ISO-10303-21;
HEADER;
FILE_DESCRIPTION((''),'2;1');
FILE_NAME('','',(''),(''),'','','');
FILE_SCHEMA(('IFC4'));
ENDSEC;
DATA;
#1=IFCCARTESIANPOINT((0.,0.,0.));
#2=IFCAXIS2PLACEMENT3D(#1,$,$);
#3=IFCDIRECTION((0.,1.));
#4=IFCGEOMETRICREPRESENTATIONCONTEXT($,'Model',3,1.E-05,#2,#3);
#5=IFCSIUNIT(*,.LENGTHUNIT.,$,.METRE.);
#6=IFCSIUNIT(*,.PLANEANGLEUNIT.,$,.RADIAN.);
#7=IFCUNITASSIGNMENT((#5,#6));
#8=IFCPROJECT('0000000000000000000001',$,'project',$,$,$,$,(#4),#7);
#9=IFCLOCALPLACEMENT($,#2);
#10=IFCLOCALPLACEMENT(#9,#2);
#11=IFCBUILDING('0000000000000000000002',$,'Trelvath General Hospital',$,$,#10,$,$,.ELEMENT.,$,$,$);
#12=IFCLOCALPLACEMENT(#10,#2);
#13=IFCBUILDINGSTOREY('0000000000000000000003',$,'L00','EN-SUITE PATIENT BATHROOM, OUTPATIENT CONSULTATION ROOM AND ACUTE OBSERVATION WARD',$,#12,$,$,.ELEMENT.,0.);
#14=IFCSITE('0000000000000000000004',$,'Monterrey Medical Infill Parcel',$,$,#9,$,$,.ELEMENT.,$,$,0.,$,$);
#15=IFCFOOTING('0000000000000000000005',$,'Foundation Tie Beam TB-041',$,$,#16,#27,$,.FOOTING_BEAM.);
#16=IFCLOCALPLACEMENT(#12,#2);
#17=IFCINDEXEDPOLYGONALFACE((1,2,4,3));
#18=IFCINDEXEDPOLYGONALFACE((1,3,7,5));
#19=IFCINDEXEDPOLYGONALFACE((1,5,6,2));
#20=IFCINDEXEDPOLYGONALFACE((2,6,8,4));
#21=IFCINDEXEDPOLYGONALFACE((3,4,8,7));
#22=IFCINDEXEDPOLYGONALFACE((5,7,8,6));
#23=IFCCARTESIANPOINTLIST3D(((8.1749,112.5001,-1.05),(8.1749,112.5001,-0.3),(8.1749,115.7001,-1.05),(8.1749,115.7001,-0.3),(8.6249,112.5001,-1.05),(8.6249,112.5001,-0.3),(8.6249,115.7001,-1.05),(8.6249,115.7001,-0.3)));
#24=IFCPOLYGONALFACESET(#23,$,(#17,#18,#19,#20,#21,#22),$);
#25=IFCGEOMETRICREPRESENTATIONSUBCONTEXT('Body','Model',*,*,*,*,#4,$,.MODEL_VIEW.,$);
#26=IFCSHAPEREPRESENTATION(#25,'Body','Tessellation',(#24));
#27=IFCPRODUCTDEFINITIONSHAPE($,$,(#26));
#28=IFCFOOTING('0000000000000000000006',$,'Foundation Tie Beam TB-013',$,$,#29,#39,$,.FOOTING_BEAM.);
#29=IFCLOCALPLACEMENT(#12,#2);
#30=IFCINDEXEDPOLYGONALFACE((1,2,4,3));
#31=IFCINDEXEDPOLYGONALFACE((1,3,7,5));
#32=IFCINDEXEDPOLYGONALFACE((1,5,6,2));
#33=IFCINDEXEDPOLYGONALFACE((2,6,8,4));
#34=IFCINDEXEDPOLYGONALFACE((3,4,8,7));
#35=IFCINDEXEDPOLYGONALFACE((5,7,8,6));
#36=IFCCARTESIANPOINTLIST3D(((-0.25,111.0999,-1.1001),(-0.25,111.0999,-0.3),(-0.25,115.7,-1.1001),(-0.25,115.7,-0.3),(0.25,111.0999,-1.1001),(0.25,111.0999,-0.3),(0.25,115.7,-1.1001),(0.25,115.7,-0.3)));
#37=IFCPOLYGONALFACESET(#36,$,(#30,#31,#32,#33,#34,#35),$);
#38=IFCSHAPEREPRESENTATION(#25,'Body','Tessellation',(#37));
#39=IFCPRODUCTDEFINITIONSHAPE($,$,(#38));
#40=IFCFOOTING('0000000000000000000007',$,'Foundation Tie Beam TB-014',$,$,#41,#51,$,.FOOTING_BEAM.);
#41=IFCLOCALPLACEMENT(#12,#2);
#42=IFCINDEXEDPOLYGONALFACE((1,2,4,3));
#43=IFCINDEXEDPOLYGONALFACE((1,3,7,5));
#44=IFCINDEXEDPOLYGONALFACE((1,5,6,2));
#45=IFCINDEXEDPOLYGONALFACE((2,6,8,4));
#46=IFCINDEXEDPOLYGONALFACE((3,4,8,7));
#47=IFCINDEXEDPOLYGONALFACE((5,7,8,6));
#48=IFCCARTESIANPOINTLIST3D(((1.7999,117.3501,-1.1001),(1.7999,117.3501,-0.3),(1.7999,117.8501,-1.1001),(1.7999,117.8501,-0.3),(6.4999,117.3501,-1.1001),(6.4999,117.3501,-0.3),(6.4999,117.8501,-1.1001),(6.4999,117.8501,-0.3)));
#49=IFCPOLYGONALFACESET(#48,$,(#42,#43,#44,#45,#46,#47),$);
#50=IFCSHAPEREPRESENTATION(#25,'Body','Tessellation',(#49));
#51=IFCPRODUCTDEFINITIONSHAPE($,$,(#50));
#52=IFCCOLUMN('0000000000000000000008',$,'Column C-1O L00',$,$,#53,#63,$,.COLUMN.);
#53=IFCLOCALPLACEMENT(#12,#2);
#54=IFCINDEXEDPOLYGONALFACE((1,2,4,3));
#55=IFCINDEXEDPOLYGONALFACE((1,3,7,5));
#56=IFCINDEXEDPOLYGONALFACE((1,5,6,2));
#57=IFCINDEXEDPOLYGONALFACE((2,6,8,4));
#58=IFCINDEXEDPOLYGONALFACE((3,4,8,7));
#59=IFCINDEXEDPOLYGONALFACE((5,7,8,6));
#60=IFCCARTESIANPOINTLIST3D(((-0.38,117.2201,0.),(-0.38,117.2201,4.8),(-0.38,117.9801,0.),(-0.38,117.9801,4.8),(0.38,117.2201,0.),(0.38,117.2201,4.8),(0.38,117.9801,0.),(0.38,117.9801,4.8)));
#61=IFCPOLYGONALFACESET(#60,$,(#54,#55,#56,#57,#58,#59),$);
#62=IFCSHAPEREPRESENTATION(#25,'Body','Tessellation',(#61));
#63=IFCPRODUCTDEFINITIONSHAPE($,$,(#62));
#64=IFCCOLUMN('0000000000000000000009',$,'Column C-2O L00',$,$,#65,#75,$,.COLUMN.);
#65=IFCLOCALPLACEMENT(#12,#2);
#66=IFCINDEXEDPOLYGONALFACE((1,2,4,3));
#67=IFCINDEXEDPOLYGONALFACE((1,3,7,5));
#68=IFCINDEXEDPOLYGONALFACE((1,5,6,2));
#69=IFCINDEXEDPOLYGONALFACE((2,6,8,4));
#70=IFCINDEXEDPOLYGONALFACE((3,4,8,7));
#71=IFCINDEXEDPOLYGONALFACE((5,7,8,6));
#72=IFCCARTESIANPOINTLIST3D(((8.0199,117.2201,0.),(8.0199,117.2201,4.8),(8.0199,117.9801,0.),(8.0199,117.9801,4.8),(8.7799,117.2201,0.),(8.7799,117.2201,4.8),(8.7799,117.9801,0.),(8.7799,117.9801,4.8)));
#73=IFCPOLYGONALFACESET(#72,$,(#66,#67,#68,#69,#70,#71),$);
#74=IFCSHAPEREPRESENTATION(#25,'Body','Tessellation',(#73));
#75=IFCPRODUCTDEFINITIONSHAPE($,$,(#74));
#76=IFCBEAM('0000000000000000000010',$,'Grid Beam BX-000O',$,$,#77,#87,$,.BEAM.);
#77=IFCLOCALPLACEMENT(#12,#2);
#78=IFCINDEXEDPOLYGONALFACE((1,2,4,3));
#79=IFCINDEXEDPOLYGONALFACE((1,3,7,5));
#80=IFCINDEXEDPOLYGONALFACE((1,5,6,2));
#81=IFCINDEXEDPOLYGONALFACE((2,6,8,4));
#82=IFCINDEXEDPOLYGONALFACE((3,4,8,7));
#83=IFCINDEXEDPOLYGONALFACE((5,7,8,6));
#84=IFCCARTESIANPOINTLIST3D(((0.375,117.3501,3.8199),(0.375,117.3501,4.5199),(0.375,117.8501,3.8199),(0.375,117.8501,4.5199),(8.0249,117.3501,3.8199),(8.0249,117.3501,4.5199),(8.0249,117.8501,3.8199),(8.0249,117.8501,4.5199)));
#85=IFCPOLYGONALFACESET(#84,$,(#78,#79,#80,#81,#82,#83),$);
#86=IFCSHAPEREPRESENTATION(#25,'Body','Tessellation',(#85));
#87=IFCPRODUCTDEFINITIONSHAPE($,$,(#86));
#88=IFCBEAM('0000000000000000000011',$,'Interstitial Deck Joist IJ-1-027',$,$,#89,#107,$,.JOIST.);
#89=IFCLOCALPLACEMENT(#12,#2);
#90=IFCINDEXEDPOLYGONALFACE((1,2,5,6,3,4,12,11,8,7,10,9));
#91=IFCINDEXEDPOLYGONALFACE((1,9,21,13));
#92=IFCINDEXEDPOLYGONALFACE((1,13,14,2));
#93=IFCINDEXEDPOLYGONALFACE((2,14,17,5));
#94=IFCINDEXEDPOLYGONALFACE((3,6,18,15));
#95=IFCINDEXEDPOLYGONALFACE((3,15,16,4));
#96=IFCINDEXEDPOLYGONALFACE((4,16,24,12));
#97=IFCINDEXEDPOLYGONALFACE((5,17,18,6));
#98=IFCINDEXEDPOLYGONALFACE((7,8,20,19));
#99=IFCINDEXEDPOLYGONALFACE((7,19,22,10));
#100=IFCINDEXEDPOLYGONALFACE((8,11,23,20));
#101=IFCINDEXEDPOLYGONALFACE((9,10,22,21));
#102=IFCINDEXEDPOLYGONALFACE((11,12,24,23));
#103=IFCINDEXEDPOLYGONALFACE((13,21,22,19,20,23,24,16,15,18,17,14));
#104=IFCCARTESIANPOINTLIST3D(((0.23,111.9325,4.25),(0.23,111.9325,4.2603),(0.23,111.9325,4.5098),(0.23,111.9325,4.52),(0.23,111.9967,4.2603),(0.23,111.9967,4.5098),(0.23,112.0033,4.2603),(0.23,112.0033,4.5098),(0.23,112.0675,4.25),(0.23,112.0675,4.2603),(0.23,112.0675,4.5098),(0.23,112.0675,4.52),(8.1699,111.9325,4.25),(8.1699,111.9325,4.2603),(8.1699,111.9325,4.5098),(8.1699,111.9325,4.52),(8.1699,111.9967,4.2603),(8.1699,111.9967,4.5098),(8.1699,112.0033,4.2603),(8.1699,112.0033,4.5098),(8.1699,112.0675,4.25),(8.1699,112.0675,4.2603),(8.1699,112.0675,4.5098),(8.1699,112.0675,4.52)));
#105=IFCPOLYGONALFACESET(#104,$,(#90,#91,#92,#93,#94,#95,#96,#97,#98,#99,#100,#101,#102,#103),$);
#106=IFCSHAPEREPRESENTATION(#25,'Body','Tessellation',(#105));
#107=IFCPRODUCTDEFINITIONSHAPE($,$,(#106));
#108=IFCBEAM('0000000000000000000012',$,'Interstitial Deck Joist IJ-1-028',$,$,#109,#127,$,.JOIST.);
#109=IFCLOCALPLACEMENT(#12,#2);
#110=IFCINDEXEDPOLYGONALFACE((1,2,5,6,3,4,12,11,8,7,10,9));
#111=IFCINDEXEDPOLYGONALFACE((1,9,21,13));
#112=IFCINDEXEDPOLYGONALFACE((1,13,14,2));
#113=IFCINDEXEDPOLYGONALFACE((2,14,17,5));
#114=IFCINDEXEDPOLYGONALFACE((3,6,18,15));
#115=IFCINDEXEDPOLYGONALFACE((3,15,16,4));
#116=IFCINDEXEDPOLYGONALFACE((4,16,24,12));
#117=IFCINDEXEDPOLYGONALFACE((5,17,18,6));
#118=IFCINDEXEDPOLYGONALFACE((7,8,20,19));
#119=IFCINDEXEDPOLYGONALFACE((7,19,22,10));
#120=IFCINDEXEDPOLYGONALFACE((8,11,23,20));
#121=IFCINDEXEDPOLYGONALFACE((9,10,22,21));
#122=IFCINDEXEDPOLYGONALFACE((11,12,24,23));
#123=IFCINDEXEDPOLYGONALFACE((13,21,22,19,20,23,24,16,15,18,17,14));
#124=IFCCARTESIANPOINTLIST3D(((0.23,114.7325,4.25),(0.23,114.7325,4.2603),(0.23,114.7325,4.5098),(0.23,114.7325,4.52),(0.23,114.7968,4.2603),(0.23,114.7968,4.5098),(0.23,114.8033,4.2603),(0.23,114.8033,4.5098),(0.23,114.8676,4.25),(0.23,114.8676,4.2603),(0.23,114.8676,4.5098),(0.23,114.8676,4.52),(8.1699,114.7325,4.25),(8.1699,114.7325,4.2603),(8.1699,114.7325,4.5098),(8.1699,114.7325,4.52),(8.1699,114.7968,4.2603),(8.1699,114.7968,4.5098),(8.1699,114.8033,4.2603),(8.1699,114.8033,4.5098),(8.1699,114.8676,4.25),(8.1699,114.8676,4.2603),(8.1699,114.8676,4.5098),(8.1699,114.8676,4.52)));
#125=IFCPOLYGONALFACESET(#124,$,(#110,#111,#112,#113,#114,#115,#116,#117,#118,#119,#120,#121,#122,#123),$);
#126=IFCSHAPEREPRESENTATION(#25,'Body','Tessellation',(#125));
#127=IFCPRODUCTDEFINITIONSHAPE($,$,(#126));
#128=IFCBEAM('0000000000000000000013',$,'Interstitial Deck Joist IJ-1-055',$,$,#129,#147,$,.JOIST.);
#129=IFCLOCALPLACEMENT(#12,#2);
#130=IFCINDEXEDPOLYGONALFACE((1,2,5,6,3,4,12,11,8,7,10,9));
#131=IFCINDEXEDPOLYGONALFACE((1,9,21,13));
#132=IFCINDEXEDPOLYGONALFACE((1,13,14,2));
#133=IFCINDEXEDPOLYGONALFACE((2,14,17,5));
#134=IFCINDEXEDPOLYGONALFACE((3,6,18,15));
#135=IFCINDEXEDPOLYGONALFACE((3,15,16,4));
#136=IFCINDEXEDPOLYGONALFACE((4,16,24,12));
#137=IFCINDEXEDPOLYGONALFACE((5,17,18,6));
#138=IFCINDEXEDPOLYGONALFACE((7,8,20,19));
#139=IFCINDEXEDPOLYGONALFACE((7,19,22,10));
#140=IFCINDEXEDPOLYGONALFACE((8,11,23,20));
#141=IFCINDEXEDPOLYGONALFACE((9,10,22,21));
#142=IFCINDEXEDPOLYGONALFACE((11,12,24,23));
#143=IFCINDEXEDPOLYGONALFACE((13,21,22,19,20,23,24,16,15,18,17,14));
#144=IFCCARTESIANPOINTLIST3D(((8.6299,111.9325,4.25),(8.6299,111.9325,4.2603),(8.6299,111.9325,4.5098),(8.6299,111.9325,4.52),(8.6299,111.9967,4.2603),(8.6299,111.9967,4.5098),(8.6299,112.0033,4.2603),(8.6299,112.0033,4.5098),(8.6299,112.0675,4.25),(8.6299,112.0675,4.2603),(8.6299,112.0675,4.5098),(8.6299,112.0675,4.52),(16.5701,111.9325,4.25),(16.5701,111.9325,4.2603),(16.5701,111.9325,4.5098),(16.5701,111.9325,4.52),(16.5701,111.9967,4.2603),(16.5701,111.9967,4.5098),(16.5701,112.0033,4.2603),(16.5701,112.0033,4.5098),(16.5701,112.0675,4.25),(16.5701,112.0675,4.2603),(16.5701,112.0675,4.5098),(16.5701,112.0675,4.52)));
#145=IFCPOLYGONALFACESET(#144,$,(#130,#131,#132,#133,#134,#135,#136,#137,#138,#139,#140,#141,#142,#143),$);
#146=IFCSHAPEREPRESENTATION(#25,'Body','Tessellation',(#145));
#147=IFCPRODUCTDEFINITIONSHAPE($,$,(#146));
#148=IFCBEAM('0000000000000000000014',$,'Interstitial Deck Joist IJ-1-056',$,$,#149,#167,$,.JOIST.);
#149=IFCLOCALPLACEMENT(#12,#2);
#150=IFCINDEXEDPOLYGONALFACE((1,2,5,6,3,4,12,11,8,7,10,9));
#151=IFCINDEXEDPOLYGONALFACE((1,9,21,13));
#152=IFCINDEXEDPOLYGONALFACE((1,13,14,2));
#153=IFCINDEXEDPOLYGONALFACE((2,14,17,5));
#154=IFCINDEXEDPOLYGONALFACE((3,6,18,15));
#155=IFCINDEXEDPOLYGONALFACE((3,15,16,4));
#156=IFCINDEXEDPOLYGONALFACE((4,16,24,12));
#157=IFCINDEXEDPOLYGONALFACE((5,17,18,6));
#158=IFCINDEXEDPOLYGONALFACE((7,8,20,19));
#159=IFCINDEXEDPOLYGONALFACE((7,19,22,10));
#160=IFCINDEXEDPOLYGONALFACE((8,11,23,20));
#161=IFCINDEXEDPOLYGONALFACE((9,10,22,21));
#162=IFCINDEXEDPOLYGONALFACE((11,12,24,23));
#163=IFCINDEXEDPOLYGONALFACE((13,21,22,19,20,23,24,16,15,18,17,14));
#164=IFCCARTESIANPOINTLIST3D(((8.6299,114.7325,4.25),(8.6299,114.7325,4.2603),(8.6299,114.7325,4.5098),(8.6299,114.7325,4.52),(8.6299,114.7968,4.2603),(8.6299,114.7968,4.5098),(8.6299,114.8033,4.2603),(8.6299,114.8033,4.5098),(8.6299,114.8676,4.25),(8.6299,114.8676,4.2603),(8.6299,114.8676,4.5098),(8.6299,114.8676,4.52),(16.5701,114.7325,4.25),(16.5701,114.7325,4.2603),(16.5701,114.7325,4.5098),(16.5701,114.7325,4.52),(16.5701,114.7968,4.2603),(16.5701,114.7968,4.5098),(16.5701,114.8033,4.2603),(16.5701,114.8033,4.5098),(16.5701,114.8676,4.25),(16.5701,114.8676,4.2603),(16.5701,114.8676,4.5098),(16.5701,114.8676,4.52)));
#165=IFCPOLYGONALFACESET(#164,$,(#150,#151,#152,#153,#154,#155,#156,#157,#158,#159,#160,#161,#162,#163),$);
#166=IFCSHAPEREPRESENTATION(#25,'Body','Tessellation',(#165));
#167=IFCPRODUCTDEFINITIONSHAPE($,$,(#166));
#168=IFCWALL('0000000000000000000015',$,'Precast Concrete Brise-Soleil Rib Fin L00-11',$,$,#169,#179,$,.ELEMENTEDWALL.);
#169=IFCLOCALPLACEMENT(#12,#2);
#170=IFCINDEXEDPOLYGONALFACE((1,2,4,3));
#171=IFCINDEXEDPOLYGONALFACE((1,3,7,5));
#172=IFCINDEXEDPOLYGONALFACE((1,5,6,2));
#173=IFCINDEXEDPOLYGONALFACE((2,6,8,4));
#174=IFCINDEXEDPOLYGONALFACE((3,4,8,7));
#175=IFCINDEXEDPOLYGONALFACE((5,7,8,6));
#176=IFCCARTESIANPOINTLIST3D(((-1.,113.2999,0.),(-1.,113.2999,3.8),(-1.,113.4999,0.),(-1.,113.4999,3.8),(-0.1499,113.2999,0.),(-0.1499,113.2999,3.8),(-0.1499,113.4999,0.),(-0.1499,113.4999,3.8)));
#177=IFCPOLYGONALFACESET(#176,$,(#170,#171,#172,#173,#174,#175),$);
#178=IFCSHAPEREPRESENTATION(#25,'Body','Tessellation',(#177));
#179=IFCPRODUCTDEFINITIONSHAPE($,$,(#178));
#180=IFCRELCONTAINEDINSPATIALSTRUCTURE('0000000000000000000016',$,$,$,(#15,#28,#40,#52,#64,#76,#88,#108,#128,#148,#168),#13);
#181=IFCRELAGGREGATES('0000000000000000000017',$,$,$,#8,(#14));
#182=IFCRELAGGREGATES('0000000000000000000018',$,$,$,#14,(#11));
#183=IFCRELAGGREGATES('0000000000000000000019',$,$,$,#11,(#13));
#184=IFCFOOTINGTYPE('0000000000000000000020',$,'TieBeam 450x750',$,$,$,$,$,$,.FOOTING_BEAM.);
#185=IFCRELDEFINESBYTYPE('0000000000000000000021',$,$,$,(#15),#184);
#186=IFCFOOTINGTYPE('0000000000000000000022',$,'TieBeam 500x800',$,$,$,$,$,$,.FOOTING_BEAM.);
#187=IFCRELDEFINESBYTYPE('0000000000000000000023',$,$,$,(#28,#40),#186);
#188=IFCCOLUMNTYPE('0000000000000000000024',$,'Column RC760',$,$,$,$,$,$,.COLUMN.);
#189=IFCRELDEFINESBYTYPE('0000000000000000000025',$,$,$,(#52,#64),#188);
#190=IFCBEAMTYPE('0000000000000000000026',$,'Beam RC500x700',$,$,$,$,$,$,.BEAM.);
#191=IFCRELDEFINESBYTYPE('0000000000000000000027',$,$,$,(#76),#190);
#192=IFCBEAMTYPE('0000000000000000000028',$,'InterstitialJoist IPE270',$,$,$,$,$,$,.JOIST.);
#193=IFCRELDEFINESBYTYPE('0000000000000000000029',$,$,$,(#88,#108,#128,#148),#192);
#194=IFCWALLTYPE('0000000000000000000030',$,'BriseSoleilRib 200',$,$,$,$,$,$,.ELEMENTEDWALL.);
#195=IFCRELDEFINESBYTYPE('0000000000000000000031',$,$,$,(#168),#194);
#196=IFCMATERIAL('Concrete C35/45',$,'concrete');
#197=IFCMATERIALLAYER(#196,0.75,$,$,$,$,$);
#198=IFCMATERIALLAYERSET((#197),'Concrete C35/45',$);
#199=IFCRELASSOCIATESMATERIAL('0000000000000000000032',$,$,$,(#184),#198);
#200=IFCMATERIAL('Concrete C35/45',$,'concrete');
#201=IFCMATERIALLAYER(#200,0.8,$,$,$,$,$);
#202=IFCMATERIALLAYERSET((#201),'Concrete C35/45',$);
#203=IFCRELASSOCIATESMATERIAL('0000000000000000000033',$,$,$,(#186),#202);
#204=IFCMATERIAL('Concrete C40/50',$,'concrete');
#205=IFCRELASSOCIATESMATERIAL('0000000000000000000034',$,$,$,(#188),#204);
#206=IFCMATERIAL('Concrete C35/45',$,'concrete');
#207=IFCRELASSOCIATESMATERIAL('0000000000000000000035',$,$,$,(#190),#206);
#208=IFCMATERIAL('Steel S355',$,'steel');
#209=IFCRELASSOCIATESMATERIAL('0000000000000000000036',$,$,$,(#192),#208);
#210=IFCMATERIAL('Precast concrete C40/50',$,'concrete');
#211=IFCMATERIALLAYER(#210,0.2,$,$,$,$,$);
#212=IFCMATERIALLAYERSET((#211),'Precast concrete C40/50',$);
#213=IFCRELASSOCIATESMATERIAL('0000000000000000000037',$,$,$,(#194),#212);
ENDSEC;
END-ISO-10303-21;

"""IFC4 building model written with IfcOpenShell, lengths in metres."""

from ifc_helpers import new_model, si_unit, direction, frame, frame_2d, origin, origin_2d, place, context, subcontext, project, spatial, rectangle, i_section, extrude, material, layer, layer_set, material_profile, profile_set, type_object, element, save


model = new_model("IFC4")

# Units and contexts
model_context = context("Model", 3, precision=1e-05, world=origin(), true_north=direction((0.0, 1.0)))
body_context = subcontext(model_context, "Body", "Model", "MODEL_VIEW")
ifc_project = project(units=[si_unit("LENGTHUNIT", "METRE"), si_unit("PLANEANGLEUNIT", "RADIAN")], contexts=[model_context])

# Site, building, storey
site_placement = place(None, origin())
site = spatial("IfcSite", under=ifc_project, at=site_placement, Name="Monterrey Medical Infill Parcel", CompositionType="ELEMENT", RefElevation=0.0)
building_placement = place(site_placement, origin())
building = spatial("IfcBuilding", under=site, at=building_placement, Name="Trelvath General Hospital", CompositionType="ELEMENT")
storey_placement = place(building_placement, origin())
storey = spatial("IfcBuildingStorey", under=building, at=storey_placement, Name="L00", Description="EN-SUITE PATIENT BATHROOM, OUTPATIENT CONSULTATION ROOM AND ACUTE OBSERVATION WARD", CompositionType="ELEMENT", Elevation=0.0)

# Footings
ifc_material_1 = material(Name="Concrete C35/45", Category="concrete")
ifc_layer_1 = layer(ifc_material_1, 0.75)
ifc_layer_set_1 = layer_set([ifc_layer_1], Name="Concrete C35/45")
footing_type_1 = type_object("IfcFootingType", Name="TieBeam 450x750", PredefinedType="FOOTING_BEAM", material=ifc_layer_set_1)
footing_1_placement = place(storey_placement, frame((8.3999, 114.1001, -1.05), z_axis=(0.0, 0.0, 1.0), x_axis=(1.0, 0.0, 0.0)))
element("IfcFooting", 1, at=footing_1_placement, inside=storey, type_object=footing_type_1, Name="Foundation Tie Beam TB-041", PredefinedType="FOOTING_BEAM", context=body_context, shape_type="SweptSolid", body=[
    extrude(rectangle(XDim=0.45, YDim=3.2, at=origin_2d()), origin(), (0.0, 0.0, 1.0), 0.75),
])
ifc_material_2 = material(Name="Concrete C35/45", Category="concrete")
ifc_layer_2 = layer(ifc_material_2, 0.8)
ifc_layer_set_2 = layer_set([ifc_layer_2], Name="Concrete C35/45")
footing_type_2 = type_object("IfcFootingType", Name="TieBeam 500x800", PredefinedType="FOOTING_BEAM", material=ifc_layer_set_2)
footing_2_placement = place(storey_placement, frame((0.0, 113.3999, -1.1001), z_axis=(0.0, 0.0, 1.0), x_axis=(1.0, 0.0, 0.0)))
element("IfcFooting", 2, at=footing_2_placement, inside=storey, type_object=footing_type_2, Name="Foundation Tie Beam TB-013", PredefinedType="FOOTING_BEAM", context=body_context, shape_type="SweptSolid", body=[
    extrude(rectangle(XDim=0.5, YDim=4.6001, at=origin_2d()), origin(), (0.0, 0.0, 1.0), 0.8),
])
footing_3_placement = place(storey_placement, frame((4.1499, 117.6001, -1.1001), z_axis=(0.0, 0.0, 1.0), x_axis=(1.0, 0.0, 0.0)))
element("IfcFooting", 3, at=footing_3_placement, inside=storey, type_object=footing_type_2, Name="Foundation Tie Beam TB-014", PredefinedType="FOOTING_BEAM", context=body_context, shape_type="SweptSolid", body=[
    extrude(rectangle(XDim=4.7, YDim=0.5, at=origin_2d()), origin(), (0.0, 0.0, 1.0), 0.8),
])

# Columns
ifc_material_3 = material(Name="Concrete C40/50", Category="concrete")
ifc_material_profile_1 = material_profile(ifc_material_3, rectangle(XDim=0.76, YDim=0.76, at=origin_2d()), Name="RC760x760")
ifc_profile_set_1 = profile_set([ifc_material_profile_1], Name="Concrete C40/50")
column_type = type_object("IfcColumnType", Name="Column RC760", PredefinedType="COLUMN", material=ifc_profile_set_1)
for number, where, z_axis, x_axis, name in (
    (4, (0.0, 117.6001, 0.0), (0.0, 0.0, 1.0), (1.0, 0.0, 0.0), "Column C-1O L00"),
    (5, (8.3999, 117.6001, 0.0), (0.0, 0.0, 1.0), (1.0, 0.0, 0.0), "Column C-2O L00"),
):
    element("IfcColumn", number, at=place(storey_placement, frame(where, z_axis=z_axis, x_axis=x_axis)), inside=storey, type_object=column_type, Name=name, PredefinedType="COLUMN", context=body_context, shape_type="SweptSolid", body=[
        extrude(rectangle(XDim=0.76, YDim=0.76, at=origin_2d()), origin(), (0.0, 0.0, 1.0), 4.8),
    ])

# Beams
ifc_material_4 = material(Name="Concrete C35/45", Category="concrete")
ifc_material_profile_2 = material_profile(ifc_material_4, rectangle(XDim=0.5, YDim=0.7, at=origin_2d()), Name="RCB500x700")
ifc_profile_set_2 = profile_set([ifc_material_profile_2], Name="Concrete C35/45")
beam_type_1 = type_object("IfcBeamType", Name="Beam RC500x700", PredefinedType="BEAM", material=ifc_profile_set_2)
beam_placement = place(storey_placement, frame((0.375, 117.6001, 4.1699), z_axis=(1.0, 0.0, 0.0), x_axis=(0.0, 1.0, 0.0)))
element("IfcBeam", 6, at=beam_placement, inside=storey, type_object=beam_type_1, Name="Grid Beam BX-000O", PredefinedType="BEAM", context=body_context, shape_type="SweptSolid", body=[
    extrude(rectangle(XDim=0.5, YDim=0.7, at=origin_2d()), origin(), (0.0, 0.0, 1.0), 7.6499),
])
ifc_material_5 = material(Name="Steel S355", Category="steel")
ifc_material_profile_3 = material_profile(ifc_material_5, i_section(OverallWidth=0.135, OverallDepth=0.27, WebThickness=0.0066, FlangeThickness=0.0103, at=origin_2d()), Name="IPE270")
ifc_profile_set_3 = profile_set([ifc_material_profile_3], Name="Steel S355")
beam_type_2 = type_object("IfcBeamType", Name="InterstitialJoist IPE270", PredefinedType="JOIST", material=ifc_profile_set_3)
for number, where, z_axis, x_axis, name in (
    (7, (0.23, 112.0, 4.385), (1.0, 0.0, 0.0), (0.0, 1.0, 0.0), "Interstitial Deck Joist IJ-1-027"),
    (8, (0.23, 114.8, 4.385), (1.0, 0.0, 0.0), (0.0, 1.0, 0.0), "Interstitial Deck Joist IJ-1-028"),
):
    element("IfcBeam", number, at=place(storey_placement, frame(where, z_axis=z_axis, x_axis=x_axis)), inside=storey, type_object=beam_type_2, Name=name, PredefinedType="JOIST", context=body_context, shape_type="SweptSolid", body=[
        extrude(i_section(OverallWidth=0.135, OverallDepth=0.27, WebThickness=0.0066, FlangeThickness=0.0103, at=origin_2d()), origin(), (0.0, 0.0, 1.0), 7.9399),
    ])
for number, where, z_axis, x_axis, name in (
    (9, (8.6299, 112.0, 4.385), (1.0, 0.0, 0.0), (0.0, 1.0, 0.0), "Interstitial Deck Joist IJ-1-055"),
    (10, (8.6299, 114.8, 4.385), (1.0, 0.0, 0.0), (0.0, 1.0, 0.0), "Interstitial Deck Joist IJ-1-056"),
):
    element("IfcBeam", number, at=place(storey_placement, frame(where, z_axis=z_axis, x_axis=x_axis)), inside=storey, type_object=beam_type_2, Name=name, PredefinedType="JOIST", context=body_context, shape_type="SweptSolid", body=[
        extrude(i_section(OverallWidth=0.135, OverallDepth=0.27, WebThickness=0.0066, FlangeThickness=0.0103, at=origin_2d()), origin(), (0.0, 0.0, 1.0), 7.9402),
    ])

# Wall
ifc_material_6 = material(Name="Precast concrete C40/50", Category="concrete")
ifc_layer_3 = layer(ifc_material_6, 0.2)
ifc_layer_set_3 = layer_set([ifc_layer_3], Name="Precast concrete C40/50")
wall_type_1 = type_object("IfcWallType", Name="BriseSoleilRib 200", PredefinedType="ELEMENTEDWALL", material=ifc_layer_set_3)
wall_1_placement = place(storey_placement, frame((-0.1499, 113.3999, 0.0), z_axis=(0.0, 0.0, 1.0), x_axis=(-1.0, 0.0, 0.0)))
element("IfcWall", 11, at=wall_1_placement, inside=storey, type_object=wall_type_1, Name="Precast Concrete Brise-Soleil Rib Fin L00-11", PredefinedType="ELEMENTEDWALL", context=body_context, shape_type="SweptSolid", body=[
    extrude(rectangle(XDim=0.8501, YDim=0.2, at=frame_2d((0.425, 0.0))), origin(), (0.0, 0.0, 1.0), 3.8),
])

save(model, "model.ifc")
